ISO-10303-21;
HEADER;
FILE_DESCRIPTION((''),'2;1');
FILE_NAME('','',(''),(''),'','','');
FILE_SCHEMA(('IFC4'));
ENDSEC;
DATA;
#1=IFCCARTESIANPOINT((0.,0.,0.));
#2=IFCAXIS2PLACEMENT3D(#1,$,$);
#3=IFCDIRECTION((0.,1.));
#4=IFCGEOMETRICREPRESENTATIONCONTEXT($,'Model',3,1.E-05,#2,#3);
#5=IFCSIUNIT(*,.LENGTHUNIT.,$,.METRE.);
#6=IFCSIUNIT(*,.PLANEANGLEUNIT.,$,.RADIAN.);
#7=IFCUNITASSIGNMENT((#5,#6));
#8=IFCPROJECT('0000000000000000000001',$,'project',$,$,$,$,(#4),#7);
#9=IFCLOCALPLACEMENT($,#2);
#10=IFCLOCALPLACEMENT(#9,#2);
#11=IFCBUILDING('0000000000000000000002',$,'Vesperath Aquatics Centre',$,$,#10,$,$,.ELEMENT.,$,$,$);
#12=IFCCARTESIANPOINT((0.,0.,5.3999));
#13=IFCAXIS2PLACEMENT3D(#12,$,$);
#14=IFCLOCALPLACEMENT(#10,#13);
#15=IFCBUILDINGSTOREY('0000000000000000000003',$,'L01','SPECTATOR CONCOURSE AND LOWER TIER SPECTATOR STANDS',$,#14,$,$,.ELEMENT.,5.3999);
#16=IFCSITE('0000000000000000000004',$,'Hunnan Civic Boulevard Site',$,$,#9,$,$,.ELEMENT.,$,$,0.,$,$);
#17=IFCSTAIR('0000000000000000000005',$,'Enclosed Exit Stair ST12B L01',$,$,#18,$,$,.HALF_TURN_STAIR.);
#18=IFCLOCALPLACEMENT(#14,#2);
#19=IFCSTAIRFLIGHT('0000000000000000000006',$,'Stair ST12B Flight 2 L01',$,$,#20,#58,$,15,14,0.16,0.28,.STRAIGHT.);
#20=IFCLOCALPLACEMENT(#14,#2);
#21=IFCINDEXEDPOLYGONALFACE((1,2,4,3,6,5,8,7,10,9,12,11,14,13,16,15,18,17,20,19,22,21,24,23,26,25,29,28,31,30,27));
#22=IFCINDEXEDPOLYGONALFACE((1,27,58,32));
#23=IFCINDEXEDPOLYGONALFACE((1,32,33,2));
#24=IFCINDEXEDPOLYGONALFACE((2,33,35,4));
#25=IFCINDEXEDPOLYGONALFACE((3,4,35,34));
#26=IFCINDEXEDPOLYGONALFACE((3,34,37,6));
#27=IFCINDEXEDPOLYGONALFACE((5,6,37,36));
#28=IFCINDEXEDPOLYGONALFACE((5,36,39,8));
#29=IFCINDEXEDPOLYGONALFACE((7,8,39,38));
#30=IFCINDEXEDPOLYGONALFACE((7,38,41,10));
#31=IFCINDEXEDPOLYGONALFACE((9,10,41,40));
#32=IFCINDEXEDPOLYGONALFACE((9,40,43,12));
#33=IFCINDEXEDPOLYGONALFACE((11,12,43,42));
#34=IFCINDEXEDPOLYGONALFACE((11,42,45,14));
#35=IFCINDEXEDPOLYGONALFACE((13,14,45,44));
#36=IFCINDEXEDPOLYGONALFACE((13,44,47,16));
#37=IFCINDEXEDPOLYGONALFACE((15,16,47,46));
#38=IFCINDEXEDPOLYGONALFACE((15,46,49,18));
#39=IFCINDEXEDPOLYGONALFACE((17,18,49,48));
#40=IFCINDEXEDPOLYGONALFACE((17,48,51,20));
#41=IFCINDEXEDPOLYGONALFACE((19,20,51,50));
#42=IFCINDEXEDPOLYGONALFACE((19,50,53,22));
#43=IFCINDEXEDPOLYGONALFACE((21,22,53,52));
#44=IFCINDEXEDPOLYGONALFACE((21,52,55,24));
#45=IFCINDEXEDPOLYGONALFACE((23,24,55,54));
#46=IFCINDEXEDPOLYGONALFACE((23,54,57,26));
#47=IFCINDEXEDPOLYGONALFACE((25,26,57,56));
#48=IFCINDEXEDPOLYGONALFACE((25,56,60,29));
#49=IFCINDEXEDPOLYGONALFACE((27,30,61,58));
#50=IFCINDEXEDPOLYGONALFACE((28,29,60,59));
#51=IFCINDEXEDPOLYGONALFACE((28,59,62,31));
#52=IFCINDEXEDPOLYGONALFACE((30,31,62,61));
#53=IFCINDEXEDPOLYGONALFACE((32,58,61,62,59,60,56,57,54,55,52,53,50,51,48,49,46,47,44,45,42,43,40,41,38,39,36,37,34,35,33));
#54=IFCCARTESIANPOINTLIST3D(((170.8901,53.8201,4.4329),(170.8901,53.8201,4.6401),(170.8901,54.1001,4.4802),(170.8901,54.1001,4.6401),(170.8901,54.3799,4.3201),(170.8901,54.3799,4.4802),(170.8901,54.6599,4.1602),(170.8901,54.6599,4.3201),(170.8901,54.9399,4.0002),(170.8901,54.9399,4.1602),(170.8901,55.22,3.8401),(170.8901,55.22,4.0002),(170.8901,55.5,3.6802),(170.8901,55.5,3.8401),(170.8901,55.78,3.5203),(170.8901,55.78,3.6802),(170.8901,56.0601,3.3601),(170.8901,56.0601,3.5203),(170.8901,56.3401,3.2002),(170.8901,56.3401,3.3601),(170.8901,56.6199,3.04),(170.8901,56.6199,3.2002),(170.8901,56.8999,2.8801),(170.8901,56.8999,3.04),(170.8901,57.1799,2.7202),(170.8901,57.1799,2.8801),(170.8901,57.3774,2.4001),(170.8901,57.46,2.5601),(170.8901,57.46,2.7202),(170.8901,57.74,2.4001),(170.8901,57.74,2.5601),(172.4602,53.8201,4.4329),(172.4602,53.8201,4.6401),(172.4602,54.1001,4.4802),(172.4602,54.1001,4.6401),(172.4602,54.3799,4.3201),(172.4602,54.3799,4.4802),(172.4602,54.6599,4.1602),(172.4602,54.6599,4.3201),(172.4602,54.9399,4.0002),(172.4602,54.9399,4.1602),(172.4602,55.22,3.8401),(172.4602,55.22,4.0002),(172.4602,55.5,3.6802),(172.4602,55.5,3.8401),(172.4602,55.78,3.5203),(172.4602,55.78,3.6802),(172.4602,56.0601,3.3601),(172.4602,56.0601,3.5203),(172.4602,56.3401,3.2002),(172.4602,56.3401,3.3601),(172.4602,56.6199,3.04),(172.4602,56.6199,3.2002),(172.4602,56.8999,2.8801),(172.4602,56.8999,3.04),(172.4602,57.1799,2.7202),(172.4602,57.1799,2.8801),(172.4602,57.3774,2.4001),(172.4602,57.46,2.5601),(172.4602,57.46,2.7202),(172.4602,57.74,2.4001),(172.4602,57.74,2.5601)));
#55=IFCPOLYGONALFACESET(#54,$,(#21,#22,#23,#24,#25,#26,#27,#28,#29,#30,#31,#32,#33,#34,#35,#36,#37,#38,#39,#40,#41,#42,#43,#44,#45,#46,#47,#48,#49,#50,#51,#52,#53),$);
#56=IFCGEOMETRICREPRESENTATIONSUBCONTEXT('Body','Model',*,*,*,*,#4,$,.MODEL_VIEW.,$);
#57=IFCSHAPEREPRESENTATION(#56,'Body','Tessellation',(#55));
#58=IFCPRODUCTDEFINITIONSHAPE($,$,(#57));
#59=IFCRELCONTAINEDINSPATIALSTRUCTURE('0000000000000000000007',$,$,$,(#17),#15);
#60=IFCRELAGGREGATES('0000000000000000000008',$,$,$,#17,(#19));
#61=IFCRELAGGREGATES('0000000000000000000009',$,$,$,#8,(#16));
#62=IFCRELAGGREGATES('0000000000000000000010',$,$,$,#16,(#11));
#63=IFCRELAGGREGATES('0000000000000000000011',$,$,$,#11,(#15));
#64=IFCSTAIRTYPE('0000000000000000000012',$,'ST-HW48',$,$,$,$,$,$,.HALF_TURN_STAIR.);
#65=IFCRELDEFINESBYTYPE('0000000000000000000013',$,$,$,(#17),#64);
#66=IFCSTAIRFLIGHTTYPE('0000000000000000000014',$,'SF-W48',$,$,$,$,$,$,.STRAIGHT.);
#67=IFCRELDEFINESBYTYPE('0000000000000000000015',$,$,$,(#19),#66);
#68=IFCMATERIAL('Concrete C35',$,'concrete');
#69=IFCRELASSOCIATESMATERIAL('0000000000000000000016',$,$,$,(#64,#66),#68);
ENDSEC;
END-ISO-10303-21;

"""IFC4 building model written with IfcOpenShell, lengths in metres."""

from ifc_helpers import new_model, si_unit, direction, frame, origin, place, context, subcontext, project, spatial, polyline, outline, extrude, material, type_object, element, aggregate, save


model = new_model("IFC4")

# Units and contexts
model_context = context("Model", 3, precision=1e-05, world=origin(), true_north=direction((0.0, 1.0)))
body_context = subcontext(model_context, "Body", "Model", "MODEL_VIEW")
ifc_project = project(units=[si_unit("LENGTHUNIT", "METRE"), si_unit("PLANEANGLEUNIT", "RADIAN")], contexts=[model_context])

# Site, building, storey
site_placement = place(None, origin())
site = spatial("IfcSite", under=ifc_project, at=site_placement, Name="Hunnan Civic Boulevard Site", CompositionType="ELEMENT", RefElevation=0.0)
building_placement = place(site_placement, origin())
building = spatial("IfcBuilding", under=site, at=building_placement, Name="Vesperath Aquatics Centre", CompositionType="ELEMENT")
storey_placement = place(building_placement, frame((0.0, 0.0, 5.3999)))
storey = spatial("IfcBuildingStorey", under=building, at=storey_placement, Name="L01", Description="SPECTATOR CONCOURSE AND LOWER TIER SPECTATOR STANDS", CompositionType="ELEMENT", Elevation=5.3999)

# Shared definitions
ifc_material_1 = material(Name="Concrete C35", Category="concrete")

# Stair, stair flight
stair_type = type_object("IfcStairType", Name="ST-HW48", PredefinedType="HALF_TURN_STAIR", material=ifc_material_1)
stair_flight_type = type_object("IfcStairFlightType", Name="SF-W48", PredefinedType="STRAIGHT", material=ifc_material_1)
stair_1_placement = place(storey_placement, origin())
stair_1 = element("IfcStair", 1, at=stair_1_placement, inside=storey, type_object=stair_type, Name="Enclosed Exit Stair ST12B L01", PredefinedType="HALF_TURN_STAIR")
stair_flight_1_placement = place(storey_placement, frame((171.675, 57.74, 2.4001), z_axis=(0.0, 0.0, 1.0), x_axis=(0.0, -1.0, 0.0)))
stair_flight_1 = element("IfcStairFlight", 2, at=stair_flight_1_placement, type_object=stair_flight_type, Name="Stair ST12B Flight 2 L01", NumberOfRisers=15, NumberOfTreads=14, PredefinedType="STRAIGHT", RiserHeight=0.16, TreadLength=0.28, context=body_context, shape_type="SweptSolid", body=[
    extrude(outline(polyline([(0.0, 0.0), (0.0, 0.1599), (0.28, 0.1599), (0.28, 0.3201), (0.5601, 0.3201), (0.5601, 0.48), (0.8401, 0.48), (0.8401, 0.6399), (1.1201, 0.6399), (1.1201, 0.8), (1.3999, 0.8), (1.3999, 0.96), (1.6799, 0.96), (1.6799, 1.1201), (1.96, 1.1201), (1.96, 1.28), (2.24, 1.28), (2.24, 1.4399), (2.52, 1.4399), (2.52, 1.6001), (2.8, 1.6001), (2.8, 1.76), (3.0801, 1.76), (3.0801, 1.9199), (3.3601, 1.9199), (3.3601, 2.0801), (3.6399, 2.0801), (3.6399, 2.24), (3.9199, 2.24), (3.9199, 2.3999), (3.9199, 2.0327), (0.3625, 0.0), (0.0, 0.0)])), frame((0.0, 0.7852, 0.0), z_axis=(0.0, -1.0, 0.0), x_axis=(1.0, 0.0, 0.0)), (0.0, 0.0, 1.0), 1.5701),
])
aggregate(stair_1, [stair_flight_1])

save(model, "model.ifc")
